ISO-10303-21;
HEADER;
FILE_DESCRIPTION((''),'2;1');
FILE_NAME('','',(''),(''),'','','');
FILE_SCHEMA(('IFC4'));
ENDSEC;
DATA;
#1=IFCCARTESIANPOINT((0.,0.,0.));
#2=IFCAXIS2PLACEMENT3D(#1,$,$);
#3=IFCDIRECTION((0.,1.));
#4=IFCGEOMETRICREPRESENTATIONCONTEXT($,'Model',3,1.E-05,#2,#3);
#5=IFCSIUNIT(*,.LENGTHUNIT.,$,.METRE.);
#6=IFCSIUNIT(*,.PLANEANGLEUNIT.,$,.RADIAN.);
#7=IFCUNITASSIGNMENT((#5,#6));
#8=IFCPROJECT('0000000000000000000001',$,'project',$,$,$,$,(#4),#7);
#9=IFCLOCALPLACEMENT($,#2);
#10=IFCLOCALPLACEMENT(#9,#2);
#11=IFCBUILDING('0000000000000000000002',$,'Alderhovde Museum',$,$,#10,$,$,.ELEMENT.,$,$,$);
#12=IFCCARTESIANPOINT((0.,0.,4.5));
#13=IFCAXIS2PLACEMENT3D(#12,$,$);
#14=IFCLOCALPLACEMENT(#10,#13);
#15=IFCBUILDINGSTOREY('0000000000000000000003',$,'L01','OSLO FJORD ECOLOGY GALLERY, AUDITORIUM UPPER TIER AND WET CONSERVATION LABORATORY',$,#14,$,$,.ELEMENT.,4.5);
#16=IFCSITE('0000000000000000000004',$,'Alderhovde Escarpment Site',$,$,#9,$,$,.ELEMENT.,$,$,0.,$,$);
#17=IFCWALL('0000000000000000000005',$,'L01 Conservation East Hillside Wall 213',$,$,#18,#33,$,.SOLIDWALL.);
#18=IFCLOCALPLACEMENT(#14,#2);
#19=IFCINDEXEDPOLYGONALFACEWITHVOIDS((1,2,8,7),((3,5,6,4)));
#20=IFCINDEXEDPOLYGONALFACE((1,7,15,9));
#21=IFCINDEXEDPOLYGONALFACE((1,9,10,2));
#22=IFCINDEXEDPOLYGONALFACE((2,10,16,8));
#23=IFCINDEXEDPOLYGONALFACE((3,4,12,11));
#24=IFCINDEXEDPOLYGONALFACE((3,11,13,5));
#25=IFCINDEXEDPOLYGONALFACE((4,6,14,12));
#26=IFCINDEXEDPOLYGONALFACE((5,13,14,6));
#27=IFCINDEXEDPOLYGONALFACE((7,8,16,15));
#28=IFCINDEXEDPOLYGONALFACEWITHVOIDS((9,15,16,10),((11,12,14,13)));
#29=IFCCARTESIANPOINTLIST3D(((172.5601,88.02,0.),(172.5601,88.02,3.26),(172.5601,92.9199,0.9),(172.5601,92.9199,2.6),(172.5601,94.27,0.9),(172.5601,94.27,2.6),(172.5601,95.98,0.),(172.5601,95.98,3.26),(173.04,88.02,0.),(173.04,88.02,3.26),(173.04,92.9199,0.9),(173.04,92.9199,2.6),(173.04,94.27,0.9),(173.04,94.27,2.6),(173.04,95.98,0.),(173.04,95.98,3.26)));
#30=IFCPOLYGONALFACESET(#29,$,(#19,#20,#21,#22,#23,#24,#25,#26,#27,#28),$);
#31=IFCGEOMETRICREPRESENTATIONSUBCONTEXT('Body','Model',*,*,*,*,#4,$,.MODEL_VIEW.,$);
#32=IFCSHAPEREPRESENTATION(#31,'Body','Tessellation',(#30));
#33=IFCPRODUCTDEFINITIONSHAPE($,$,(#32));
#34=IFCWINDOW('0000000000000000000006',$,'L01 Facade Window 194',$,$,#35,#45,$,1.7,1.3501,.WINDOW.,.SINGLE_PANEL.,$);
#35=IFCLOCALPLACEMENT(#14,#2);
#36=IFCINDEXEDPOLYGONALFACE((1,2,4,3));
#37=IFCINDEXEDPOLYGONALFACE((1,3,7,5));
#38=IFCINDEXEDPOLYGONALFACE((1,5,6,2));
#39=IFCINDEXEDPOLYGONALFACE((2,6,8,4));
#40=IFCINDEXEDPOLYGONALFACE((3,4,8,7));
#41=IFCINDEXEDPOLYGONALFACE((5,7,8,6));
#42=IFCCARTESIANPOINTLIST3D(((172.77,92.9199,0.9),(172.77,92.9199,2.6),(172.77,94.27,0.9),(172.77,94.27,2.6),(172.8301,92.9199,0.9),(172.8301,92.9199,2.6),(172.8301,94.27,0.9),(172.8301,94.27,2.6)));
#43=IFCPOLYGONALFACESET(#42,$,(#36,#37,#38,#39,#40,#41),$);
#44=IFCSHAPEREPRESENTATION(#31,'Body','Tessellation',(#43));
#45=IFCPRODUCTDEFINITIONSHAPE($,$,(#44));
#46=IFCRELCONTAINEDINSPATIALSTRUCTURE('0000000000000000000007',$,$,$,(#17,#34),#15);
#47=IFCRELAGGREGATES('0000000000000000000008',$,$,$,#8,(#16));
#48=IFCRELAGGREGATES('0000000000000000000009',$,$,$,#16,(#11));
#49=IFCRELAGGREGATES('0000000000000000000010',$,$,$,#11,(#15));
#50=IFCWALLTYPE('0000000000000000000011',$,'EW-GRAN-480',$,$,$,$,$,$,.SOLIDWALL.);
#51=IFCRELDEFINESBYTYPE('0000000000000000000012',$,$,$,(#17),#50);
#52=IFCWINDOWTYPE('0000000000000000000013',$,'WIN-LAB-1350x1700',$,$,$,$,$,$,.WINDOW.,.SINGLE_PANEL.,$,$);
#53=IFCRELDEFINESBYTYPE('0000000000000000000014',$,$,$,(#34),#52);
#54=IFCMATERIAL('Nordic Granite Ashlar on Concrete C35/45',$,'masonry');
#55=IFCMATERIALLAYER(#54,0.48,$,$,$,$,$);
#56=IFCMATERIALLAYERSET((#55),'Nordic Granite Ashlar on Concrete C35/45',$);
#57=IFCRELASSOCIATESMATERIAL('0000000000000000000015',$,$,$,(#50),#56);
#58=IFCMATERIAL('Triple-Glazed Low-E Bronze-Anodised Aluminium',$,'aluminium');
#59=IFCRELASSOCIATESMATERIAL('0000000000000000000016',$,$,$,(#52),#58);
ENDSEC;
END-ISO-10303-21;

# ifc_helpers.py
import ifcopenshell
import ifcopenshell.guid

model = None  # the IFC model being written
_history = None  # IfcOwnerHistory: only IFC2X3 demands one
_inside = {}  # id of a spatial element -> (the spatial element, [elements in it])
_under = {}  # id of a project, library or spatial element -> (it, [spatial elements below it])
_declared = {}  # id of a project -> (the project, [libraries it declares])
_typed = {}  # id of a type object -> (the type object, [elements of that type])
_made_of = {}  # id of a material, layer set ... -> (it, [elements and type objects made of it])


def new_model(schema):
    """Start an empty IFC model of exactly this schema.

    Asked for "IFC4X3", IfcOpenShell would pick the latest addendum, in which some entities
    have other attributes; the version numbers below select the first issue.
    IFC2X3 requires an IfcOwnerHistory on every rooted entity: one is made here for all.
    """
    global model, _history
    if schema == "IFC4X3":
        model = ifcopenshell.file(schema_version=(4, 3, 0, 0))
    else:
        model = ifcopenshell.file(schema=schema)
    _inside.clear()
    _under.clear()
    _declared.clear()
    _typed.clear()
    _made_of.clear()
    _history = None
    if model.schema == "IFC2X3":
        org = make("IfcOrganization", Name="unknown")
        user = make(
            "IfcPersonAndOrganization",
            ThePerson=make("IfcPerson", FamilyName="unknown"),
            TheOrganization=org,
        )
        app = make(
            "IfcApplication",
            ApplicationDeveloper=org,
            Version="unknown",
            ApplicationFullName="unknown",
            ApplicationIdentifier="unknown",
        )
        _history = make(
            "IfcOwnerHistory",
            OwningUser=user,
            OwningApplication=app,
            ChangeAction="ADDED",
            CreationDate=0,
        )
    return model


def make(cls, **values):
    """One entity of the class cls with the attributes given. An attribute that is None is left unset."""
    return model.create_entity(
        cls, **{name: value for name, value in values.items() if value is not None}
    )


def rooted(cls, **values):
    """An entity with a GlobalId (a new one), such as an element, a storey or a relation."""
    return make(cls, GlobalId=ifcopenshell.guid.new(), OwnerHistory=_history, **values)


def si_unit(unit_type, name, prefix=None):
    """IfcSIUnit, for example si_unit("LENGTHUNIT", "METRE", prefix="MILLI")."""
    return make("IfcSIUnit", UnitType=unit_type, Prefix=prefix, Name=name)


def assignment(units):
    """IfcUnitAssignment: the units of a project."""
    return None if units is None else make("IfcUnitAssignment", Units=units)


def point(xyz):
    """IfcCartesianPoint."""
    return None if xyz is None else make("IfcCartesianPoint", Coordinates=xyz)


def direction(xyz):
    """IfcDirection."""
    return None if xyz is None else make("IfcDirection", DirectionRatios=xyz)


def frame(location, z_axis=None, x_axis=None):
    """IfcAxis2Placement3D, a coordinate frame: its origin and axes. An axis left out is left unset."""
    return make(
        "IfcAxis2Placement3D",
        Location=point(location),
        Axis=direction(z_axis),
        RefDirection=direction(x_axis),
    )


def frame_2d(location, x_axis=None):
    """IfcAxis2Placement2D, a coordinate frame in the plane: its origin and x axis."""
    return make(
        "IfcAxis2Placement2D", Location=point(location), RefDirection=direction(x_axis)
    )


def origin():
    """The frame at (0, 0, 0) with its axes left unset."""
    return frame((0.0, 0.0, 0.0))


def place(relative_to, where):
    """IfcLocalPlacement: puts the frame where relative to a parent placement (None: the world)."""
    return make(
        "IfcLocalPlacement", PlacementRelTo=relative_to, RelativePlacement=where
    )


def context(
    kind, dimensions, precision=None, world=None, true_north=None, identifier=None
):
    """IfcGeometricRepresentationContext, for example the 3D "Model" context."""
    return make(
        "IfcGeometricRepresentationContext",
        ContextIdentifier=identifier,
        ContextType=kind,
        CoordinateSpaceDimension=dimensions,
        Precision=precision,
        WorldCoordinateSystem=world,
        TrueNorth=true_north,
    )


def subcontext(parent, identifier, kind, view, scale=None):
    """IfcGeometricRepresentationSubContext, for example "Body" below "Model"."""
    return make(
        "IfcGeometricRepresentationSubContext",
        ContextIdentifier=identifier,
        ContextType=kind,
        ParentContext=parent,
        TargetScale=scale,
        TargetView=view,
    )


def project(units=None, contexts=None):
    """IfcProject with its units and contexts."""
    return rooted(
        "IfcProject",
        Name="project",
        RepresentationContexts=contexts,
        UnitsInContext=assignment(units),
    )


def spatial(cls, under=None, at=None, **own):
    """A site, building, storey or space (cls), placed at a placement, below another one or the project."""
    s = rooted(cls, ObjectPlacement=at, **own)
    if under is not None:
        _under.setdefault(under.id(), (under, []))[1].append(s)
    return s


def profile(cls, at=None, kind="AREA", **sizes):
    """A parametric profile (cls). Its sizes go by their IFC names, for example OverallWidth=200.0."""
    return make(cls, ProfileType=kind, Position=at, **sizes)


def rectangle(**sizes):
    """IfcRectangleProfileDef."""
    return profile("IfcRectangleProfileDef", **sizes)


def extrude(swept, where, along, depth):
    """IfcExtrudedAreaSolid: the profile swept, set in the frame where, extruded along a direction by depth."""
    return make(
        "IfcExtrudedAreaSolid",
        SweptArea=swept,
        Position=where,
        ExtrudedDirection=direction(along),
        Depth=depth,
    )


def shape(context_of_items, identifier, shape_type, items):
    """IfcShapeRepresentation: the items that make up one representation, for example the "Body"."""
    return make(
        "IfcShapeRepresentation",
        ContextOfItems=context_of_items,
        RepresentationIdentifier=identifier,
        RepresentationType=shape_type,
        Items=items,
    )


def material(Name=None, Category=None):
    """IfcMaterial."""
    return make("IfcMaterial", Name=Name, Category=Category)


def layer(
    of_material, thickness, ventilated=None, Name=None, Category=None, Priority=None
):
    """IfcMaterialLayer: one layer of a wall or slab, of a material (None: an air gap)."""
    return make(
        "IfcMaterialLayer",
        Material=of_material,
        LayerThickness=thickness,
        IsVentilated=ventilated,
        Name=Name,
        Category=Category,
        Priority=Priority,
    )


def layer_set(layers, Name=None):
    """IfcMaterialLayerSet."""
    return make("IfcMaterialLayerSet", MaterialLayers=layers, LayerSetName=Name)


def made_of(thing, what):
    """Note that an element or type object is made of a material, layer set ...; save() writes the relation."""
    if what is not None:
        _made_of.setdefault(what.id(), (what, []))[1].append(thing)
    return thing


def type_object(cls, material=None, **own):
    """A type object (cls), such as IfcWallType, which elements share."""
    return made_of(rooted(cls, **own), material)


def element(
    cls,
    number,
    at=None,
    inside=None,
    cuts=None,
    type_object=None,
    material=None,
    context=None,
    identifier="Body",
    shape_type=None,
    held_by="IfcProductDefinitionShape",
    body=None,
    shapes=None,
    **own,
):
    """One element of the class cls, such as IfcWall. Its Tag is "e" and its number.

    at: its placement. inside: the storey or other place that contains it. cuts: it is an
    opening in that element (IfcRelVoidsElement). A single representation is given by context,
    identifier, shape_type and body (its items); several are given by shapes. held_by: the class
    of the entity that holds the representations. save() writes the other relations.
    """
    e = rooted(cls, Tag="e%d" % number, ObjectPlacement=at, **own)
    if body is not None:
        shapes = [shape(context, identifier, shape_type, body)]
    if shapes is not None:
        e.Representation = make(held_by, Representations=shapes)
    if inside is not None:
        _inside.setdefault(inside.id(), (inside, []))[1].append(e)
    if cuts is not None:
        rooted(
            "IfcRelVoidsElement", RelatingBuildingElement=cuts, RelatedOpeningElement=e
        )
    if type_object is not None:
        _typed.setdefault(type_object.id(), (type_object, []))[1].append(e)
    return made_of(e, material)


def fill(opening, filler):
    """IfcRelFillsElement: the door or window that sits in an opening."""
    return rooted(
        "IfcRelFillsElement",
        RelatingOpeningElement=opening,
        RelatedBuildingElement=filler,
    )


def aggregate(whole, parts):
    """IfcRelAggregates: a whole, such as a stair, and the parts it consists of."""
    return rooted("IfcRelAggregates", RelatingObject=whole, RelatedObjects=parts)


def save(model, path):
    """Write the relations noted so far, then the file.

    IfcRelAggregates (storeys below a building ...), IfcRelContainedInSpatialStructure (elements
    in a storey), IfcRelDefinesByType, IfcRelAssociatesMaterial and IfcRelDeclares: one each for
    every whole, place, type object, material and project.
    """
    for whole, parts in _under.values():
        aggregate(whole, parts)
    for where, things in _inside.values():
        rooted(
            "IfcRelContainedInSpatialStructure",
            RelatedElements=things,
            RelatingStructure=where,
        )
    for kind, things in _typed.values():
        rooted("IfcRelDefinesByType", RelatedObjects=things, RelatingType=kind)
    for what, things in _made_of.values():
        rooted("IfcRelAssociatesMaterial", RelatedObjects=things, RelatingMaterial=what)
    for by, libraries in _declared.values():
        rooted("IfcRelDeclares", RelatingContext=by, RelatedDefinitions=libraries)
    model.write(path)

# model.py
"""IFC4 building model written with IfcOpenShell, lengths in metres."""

from ifc_helpers import new_model, si_unit, direction, frame, frame_2d, origin, place, context, subcontext, project, spatial, rectangle, extrude, material, layer, layer_set, type_object, element, fill, save


model = new_model("IFC4")

# Units and contexts
model_context = context("Model", 3, precision=1e-05, world=origin(), true_north=direction((0.0, 1.0)))
body_context = subcontext(model_context, "Body", "Model", "MODEL_VIEW")
ifc_project = project(units=[si_unit("LENGTHUNIT", "METRE"), si_unit("PLANEANGLEUNIT", "RADIAN")], contexts=[model_context])

# Site, building, storey
site_placement = place(None, origin())
site = spatial("IfcSite", under=ifc_project, at=site_placement, Name="Alderhovde Escarpment Site", CompositionType="ELEMENT", RefElevation=0.0)
building_placement = place(site_placement, origin())
building = spatial("IfcBuilding", under=site, at=building_placement, Name="Alderhovde Museum", CompositionType="ELEMENT")
storey_placement = place(building_placement, frame((0.0, 0.0, 4.5)))
storey = spatial("IfcBuildingStorey", under=building, at=storey_placement, Name="L01", Description="OSLO FJORD ECOLOGY GALLERY, AUDITORIUM UPPER TIER AND WET CONSERVATION LABORATORY", CompositionType="ELEMENT", Elevation=4.5)

# Shared definitions
ifc_material_1 = material(Name="Nordic Granite Ashlar on Concrete C35/45", Category="masonry")
ifc_layer = layer(ifc_material_1, 0.48)
ifc_layer_set = layer_set([ifc_layer], Name="Nordic Granite Ashlar on Concrete C35/45")
wall_type = type_object("IfcWallType", Name="EW-GRAN-480", PredefinedType="SOLIDWALL", material=ifc_layer_set)

# Wall, opening, window
wall_1_placement = place(storey_placement, frame((172.8, 88.02, 0.0), z_axis=(0.0, 0.0, 1.0), x_axis=(0.0, 1.0, 0.0)))
wall_1 = element("IfcWall", 1, at=wall_1_placement, inside=storey, type_object=wall_type, Name="L01 Conservation East Hillside Wall 213", PredefinedType="SOLIDWALL", context=body_context, shape_type="SweptSolid", body=[
    extrude(rectangle(XDim=7.96, YDim=0.48, at=frame_2d((3.98, 0.0))), origin(), (0.0, 0.0, 1.0), 3.26),
])
opening_1_placement = place(wall_1_placement, frame((4.8999, 0.0, 0.8999)))
opening_1 = element("IfcOpeningElement", 2, at=opening_1_placement, cuts=wall_1, PredefinedType="OPENING", context=body_context, shape_type="SweptSolid", body=[
    extrude(rectangle(XDim=1.3501, YDim=1.7, at=frame_2d((0.675, 0.8501))), frame((0.0, 0.25, 0.0), z_axis=(0.0, -1.0, 0.0), x_axis=(1.0, 0.0, 0.0)), (0.0, 0.0, 1.0), 0.5),
])
ifc_material_2 = material(Name="Triple-Glazed Low-E Bronze-Anodised Aluminium", Category="aluminium")
window_type_1 = type_object("IfcWindowType", Name="WIN-LAB-1350x1700", PartitioningType="SINGLE_PANEL", PredefinedType="WINDOW", material=ifc_material_2)
window_1_placement = place(opening_1_placement, origin())
window_1 = element("IfcWindow", 3, at=window_1_placement, inside=storey, type_object=window_type_1, Name="L01 Facade Window 194", OverallHeight=1.7, OverallWidth=1.3501, PartitioningType="SINGLE_PANEL", PredefinedType="WINDOW", context=body_context, shape_type="SweptSolid", body=[
    extrude(rectangle(XDim=1.3501, YDim=1.7, at=frame_2d((0.675, 0.8501))), frame((0.0, 0.03, 0.0), z_axis=(0.0, -1.0, 0.0), x_axis=(1.0, 0.0, 0.0)), (0.0, 0.0, 1.0), 0.0601),
])
fill(opening_1, window_1)

save(model, "model.ifc")
